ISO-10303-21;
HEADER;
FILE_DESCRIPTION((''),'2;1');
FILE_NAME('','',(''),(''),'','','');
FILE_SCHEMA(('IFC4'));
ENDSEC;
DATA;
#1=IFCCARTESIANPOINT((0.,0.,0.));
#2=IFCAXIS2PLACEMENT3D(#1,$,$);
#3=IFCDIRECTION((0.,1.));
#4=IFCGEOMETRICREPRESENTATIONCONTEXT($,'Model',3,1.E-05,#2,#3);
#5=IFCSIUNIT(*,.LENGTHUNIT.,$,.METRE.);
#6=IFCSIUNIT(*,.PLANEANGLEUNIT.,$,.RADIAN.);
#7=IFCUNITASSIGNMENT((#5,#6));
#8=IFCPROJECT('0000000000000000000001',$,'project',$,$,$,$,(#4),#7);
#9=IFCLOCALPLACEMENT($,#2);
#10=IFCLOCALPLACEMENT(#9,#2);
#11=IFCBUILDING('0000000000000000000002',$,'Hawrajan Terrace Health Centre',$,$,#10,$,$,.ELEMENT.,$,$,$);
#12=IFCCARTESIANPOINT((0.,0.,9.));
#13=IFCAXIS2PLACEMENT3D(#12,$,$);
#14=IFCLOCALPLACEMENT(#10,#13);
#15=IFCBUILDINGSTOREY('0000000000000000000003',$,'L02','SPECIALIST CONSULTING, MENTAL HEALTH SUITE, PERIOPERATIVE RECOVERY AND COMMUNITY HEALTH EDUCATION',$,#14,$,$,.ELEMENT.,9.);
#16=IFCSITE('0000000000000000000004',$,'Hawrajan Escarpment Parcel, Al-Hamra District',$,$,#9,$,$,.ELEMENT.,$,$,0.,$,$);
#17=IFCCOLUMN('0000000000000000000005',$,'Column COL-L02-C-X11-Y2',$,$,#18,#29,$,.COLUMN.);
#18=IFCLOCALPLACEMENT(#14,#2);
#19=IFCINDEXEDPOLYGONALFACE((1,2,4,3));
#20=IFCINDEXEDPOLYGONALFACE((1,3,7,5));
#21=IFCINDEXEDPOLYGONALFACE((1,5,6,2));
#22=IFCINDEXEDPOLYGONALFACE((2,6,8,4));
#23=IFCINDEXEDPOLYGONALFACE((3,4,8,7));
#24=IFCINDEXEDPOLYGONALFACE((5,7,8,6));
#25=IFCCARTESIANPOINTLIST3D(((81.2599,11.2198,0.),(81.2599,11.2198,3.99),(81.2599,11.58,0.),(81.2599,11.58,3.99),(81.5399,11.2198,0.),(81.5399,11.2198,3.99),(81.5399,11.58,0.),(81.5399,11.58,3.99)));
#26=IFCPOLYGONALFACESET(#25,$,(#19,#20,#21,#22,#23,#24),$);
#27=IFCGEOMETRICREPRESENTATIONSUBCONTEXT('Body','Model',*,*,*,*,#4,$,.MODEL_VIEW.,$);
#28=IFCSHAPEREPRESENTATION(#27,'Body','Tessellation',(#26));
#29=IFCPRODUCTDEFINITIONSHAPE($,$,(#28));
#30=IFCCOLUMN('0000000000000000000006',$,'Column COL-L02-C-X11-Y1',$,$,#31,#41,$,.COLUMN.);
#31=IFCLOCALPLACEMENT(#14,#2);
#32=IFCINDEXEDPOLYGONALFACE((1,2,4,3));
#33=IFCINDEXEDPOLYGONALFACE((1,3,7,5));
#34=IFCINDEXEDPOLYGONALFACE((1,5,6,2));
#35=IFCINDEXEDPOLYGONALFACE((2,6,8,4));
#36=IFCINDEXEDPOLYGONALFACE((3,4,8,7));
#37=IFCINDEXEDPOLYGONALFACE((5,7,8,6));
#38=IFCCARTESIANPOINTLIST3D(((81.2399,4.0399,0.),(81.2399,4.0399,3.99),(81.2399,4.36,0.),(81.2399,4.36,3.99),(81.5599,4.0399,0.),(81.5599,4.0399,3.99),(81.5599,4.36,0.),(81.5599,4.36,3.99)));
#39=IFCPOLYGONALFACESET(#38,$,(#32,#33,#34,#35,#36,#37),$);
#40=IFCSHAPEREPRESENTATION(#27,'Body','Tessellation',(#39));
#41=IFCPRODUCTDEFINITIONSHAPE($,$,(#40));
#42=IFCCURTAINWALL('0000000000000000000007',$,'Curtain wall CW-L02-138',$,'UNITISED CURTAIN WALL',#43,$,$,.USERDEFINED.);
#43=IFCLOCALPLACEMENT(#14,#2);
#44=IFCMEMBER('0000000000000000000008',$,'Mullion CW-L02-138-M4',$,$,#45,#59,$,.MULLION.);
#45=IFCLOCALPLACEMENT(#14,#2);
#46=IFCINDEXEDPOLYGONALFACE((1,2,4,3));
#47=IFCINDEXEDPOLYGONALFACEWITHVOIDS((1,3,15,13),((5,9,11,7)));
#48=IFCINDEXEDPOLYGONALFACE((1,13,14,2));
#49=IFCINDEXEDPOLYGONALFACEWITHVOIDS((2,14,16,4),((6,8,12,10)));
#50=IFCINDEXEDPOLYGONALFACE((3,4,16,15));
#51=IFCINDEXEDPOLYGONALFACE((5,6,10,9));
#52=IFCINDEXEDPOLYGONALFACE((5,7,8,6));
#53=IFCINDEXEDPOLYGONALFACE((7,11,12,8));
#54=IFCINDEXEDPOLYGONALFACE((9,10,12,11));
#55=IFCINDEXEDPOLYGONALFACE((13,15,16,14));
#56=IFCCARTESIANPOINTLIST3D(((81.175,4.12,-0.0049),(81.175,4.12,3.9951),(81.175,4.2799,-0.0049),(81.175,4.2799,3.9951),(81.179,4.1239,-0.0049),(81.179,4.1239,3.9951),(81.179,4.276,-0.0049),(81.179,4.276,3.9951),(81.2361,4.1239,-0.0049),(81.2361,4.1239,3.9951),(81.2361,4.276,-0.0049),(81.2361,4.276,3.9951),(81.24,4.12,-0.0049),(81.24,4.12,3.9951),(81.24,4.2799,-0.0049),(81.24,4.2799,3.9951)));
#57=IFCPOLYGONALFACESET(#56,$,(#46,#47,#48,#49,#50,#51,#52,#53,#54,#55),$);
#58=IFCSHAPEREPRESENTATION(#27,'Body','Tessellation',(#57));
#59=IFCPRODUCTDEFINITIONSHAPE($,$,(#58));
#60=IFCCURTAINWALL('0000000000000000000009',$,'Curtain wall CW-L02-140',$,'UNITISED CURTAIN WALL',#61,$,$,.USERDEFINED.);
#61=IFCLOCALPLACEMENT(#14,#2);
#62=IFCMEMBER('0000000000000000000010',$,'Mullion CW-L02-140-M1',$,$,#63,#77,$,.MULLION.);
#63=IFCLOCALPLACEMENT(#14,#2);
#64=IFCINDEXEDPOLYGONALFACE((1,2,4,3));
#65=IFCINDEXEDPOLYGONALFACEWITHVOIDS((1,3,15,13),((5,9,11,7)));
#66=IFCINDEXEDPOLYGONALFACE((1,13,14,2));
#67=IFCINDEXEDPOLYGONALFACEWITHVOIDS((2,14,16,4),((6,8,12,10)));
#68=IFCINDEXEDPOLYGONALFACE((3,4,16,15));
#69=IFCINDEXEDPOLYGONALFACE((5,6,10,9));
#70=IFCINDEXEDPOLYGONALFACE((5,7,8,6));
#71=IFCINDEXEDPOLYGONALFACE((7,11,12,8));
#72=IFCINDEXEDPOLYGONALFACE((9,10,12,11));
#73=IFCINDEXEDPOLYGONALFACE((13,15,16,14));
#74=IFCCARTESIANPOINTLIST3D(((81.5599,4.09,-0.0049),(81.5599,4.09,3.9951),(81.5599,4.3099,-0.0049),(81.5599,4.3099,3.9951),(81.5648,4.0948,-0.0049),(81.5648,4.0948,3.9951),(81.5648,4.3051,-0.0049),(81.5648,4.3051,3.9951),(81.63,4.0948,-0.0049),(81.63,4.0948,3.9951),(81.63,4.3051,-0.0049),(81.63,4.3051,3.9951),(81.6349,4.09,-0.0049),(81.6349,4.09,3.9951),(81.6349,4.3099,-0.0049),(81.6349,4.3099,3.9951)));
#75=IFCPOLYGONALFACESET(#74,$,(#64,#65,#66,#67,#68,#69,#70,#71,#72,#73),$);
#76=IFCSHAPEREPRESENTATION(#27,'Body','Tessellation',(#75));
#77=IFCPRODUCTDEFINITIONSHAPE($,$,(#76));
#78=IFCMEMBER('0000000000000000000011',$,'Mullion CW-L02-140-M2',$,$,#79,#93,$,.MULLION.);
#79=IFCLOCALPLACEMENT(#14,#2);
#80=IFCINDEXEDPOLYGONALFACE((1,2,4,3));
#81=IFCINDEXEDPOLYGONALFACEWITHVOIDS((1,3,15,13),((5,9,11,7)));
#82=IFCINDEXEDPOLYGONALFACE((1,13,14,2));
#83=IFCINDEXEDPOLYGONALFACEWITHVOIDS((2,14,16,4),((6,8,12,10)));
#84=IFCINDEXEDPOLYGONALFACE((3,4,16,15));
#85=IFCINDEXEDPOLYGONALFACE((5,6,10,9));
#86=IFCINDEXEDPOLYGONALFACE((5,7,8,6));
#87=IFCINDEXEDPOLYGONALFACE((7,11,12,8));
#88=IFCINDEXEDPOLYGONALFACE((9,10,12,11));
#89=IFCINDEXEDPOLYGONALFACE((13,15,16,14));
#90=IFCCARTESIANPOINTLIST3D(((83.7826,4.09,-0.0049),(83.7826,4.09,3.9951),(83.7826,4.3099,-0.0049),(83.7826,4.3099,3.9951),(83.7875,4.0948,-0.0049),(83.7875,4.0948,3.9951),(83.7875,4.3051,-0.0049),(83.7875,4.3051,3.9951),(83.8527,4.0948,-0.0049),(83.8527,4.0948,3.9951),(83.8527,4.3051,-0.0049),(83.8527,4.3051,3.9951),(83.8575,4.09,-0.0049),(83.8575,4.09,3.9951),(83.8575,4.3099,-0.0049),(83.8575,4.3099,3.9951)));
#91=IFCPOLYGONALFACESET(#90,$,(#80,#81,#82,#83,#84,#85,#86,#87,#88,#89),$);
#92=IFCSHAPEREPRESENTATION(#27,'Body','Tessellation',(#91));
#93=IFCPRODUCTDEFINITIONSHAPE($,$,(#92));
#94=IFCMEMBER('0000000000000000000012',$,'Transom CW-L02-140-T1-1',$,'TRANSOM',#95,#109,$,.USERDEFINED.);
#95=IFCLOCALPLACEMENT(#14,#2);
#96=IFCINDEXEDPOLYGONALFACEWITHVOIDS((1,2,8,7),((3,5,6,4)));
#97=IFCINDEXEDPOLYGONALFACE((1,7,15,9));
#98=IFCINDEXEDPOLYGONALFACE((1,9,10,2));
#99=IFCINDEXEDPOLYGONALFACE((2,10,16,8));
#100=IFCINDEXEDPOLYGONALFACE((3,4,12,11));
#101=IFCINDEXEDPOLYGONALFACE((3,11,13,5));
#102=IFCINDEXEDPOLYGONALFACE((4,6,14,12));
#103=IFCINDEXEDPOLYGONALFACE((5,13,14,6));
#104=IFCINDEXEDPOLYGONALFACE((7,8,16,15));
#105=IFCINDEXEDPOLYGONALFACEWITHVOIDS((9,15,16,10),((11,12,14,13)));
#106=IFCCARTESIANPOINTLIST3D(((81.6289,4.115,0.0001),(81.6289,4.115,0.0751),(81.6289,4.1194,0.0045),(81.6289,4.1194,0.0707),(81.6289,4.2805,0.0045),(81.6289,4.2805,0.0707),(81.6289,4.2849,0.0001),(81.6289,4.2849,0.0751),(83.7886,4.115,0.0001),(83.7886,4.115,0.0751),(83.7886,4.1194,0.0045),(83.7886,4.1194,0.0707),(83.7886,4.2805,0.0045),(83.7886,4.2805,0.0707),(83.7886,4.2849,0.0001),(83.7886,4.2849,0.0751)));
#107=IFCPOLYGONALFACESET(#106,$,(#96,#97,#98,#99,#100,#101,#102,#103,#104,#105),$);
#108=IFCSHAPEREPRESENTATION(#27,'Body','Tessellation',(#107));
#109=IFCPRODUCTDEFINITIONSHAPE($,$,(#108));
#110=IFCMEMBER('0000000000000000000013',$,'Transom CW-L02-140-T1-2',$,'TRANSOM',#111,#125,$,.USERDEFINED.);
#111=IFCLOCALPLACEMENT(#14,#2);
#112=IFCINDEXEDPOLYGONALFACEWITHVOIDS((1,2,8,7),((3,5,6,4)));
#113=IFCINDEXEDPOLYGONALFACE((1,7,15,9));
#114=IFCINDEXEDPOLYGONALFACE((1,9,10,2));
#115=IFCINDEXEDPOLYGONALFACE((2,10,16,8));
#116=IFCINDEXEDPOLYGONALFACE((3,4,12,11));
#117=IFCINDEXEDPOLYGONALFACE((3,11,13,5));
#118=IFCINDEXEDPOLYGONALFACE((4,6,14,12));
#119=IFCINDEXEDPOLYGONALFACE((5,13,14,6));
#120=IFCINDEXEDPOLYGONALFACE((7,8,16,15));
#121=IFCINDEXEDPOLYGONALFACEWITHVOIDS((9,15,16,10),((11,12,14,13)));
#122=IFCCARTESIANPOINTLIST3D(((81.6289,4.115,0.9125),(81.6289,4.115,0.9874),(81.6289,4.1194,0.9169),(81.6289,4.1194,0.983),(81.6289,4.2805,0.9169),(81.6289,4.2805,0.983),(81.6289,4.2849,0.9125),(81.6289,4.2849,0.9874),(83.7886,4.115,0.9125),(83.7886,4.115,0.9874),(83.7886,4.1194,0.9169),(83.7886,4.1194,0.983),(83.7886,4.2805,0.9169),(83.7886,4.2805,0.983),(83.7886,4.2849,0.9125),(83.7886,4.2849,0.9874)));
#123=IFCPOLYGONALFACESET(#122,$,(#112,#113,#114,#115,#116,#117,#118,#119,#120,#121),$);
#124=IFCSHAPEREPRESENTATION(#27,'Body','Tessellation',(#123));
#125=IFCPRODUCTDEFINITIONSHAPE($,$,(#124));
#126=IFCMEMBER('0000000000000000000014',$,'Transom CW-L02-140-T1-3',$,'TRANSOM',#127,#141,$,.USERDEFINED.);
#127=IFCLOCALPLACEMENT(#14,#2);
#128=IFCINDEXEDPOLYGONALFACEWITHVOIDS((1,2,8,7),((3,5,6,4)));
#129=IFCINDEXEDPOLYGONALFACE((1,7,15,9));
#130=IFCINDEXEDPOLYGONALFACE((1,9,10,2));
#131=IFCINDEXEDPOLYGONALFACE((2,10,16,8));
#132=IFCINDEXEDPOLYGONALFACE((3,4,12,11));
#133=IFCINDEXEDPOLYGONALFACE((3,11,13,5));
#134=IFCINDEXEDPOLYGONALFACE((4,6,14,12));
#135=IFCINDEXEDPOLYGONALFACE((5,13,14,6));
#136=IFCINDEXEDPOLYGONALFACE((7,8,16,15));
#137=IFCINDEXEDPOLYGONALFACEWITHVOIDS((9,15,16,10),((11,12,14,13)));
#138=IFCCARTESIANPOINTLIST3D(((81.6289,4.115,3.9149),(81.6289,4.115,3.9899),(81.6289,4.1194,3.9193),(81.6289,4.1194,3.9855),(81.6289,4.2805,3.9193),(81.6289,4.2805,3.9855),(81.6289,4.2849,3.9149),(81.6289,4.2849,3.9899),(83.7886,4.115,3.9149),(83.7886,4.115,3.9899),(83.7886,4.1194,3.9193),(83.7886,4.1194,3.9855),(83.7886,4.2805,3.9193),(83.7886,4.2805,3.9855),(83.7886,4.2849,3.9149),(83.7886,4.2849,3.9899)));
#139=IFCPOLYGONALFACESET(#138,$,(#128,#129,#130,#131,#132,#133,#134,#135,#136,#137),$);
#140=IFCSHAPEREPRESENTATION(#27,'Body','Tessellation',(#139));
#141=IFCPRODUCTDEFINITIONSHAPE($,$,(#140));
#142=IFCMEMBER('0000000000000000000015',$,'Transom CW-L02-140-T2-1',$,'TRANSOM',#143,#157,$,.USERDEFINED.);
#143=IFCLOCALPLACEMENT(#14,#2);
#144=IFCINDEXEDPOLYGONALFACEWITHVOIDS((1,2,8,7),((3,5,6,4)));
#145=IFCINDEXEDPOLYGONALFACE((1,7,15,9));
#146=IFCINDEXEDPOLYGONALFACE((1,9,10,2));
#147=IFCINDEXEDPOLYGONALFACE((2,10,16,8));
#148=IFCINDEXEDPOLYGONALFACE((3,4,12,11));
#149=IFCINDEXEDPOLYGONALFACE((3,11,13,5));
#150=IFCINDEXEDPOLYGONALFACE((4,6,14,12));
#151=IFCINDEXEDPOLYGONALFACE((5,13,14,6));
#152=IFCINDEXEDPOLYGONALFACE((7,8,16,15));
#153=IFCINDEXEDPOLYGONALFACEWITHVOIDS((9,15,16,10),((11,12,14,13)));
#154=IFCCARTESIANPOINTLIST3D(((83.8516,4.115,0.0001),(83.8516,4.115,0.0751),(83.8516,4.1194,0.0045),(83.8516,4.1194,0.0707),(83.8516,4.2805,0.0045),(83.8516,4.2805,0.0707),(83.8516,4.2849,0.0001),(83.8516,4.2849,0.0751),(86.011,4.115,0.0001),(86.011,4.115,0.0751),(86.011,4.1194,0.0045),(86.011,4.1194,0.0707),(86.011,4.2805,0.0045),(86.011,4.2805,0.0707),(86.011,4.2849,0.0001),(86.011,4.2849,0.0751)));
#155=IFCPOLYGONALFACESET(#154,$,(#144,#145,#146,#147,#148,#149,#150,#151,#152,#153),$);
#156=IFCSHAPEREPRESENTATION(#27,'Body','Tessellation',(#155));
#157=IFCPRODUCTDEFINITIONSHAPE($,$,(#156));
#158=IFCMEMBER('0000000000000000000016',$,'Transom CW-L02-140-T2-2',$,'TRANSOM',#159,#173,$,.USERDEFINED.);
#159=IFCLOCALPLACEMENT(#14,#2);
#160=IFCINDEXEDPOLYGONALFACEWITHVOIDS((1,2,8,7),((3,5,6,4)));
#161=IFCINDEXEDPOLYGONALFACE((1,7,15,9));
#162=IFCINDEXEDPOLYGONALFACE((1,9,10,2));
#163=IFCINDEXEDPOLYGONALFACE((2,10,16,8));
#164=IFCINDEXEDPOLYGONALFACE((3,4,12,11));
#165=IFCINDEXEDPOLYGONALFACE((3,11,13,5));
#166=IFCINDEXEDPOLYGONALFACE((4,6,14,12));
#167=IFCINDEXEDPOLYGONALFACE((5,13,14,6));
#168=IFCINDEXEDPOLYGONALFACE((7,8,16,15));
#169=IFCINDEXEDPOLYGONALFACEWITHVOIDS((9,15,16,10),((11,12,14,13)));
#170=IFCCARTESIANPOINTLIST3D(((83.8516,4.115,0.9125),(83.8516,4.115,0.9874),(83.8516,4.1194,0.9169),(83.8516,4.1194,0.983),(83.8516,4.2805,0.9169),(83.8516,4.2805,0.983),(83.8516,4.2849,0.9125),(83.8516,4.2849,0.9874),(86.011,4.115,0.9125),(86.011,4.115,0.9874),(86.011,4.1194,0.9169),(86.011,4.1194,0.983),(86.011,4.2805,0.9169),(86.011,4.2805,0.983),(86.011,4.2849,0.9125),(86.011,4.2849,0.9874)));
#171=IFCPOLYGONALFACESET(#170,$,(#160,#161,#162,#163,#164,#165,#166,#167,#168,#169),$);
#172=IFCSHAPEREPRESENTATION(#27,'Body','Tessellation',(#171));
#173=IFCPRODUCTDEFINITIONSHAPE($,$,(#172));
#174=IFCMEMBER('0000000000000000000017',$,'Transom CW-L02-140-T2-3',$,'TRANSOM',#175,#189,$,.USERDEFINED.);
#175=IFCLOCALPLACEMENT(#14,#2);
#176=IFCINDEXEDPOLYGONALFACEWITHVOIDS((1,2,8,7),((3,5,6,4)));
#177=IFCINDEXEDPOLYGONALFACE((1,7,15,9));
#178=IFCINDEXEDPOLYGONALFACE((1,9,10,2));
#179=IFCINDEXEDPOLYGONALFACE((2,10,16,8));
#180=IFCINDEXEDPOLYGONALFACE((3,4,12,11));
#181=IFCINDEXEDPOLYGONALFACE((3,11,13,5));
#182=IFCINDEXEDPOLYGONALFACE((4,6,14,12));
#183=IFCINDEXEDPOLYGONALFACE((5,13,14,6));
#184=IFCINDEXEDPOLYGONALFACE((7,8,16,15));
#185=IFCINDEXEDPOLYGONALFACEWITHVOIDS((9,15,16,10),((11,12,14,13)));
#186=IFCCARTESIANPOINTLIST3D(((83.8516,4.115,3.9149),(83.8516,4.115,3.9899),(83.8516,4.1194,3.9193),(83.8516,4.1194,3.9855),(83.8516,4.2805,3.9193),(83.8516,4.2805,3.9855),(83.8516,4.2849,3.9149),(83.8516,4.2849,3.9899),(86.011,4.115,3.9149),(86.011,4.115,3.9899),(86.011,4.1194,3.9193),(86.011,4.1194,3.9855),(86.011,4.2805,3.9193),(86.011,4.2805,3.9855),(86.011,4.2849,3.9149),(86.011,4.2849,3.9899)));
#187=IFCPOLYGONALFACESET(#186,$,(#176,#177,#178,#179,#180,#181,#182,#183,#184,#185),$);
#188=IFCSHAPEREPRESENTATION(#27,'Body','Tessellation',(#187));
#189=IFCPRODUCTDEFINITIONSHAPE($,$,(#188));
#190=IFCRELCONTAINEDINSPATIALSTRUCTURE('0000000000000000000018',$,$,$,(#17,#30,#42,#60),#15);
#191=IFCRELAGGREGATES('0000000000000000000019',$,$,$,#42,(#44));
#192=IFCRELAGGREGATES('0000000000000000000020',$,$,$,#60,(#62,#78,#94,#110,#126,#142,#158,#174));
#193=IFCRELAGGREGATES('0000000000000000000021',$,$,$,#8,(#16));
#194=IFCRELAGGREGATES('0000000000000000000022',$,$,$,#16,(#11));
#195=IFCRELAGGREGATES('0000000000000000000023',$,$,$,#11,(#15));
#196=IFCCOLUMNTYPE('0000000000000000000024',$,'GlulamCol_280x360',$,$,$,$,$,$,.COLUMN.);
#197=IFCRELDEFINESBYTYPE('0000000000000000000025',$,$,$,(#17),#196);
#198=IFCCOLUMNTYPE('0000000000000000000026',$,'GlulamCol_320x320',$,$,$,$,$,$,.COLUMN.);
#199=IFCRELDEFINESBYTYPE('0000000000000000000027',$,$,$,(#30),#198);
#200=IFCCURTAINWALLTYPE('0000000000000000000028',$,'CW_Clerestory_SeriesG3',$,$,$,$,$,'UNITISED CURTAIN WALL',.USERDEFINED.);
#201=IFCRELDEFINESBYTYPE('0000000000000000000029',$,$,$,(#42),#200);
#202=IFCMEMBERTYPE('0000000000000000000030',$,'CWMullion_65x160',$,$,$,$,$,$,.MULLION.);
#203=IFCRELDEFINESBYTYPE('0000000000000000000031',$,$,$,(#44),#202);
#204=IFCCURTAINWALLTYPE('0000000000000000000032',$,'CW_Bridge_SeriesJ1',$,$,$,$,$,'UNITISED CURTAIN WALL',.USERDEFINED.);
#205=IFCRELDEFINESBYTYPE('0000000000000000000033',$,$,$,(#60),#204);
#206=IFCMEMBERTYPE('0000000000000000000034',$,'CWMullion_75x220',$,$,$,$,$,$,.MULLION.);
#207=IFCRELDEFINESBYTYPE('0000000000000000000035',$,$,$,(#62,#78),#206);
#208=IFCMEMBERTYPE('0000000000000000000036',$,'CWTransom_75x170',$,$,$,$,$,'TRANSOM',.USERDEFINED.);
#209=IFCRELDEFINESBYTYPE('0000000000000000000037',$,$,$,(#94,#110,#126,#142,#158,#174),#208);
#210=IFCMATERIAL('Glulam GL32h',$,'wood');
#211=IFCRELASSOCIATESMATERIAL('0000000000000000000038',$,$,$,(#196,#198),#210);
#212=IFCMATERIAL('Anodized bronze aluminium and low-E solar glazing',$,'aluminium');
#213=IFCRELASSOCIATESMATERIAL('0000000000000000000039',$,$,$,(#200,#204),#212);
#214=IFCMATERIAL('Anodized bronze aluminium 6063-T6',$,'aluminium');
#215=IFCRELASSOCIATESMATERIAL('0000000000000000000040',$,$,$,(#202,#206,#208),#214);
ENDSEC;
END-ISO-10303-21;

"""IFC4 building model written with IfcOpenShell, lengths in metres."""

from ifc_helpers import new_model, si_unit, direction, frame, origin, origin_2d, place, context, subcontext, project, spatial, rectangle, hollow_rectangle, extrude, material, material_profile, profile_set, type_object, element, aggregate, save


model = new_model("IFC4")

# Units and contexts
model_context = context("Model", 3, precision=1e-05, world=origin(), true_north=direction((0.0, 1.0)))
body_context = subcontext(model_context, "Body", "Model", "MODEL_VIEW")
ifc_project = project(units=[si_unit("LENGTHUNIT", "METRE"), si_unit("PLANEANGLEUNIT", "RADIAN")], contexts=[model_context])

# Site, building, storey
site_placement = place(None, origin())
site = spatial("IfcSite", under=ifc_project, at=site_placement, Name="Hawrajan Escarpment Parcel, Al-Hamra District", CompositionType="ELEMENT", RefElevation=0.0)
building_placement = place(site_placement, origin())
building = spatial("IfcBuilding", under=site, at=building_placement, Name="Hawrajan Terrace Health Centre", CompositionType="ELEMENT")
storey_placement = place(building_placement, frame((0.0, 0.0, 9.0)))
storey = spatial("IfcBuildingStorey", under=building, at=storey_placement, Name="L02", Description="SPECIALIST CONSULTING, MENTAL HEALTH SUITE, PERIOPERATIVE RECOVERY AND COMMUNITY HEALTH EDUCATION", CompositionType="ELEMENT", Elevation=9.0)

# Columns
ifc_material_1 = material(Name="Glulam GL32h", Category="wood")
ifc_material_profile_1 = material_profile(ifc_material_1, rectangle(XDim=0.28, YDim=0.3601, at=origin_2d()), Name="GL 280x360")
ifc_profile_set_1 = profile_set([ifc_material_profile_1], Name="Glulam GL32h")
column_type_1 = type_object("IfcColumnType", Name="GlulamCol_280x360", PredefinedType="COLUMN", material=ifc_profile_set_1)
column_1_placement = place(storey_placement, frame((81.3999, 11.3999, 0.0), z_axis=(0.0, 0.0, 1.0), x_axis=(1.0, 0.0, 0.0)))
element("IfcColumn", 1, at=column_1_placement, inside=storey, type_object=column_type_1, Name="Column COL-L02-C-X11-Y2", PredefinedType="COLUMN", context=body_context, shape_type="SweptSolid", body=[
    extrude(rectangle(XDim=0.28, YDim=0.3601, at=origin_2d()), origin(), (0.0, 0.0, 1.0), 3.99),
])
ifc_material_profile_2 = material_profile(ifc_material_1, rectangle(XDim=0.3201, YDim=0.3201, at=origin_2d()), Name="GL 320x320")
ifc_profile_set_2 = profile_set([ifc_material_profile_2], Name="Glulam GL32h")
column_type_2 = type_object("IfcColumnType", Name="GlulamCol_320x320", PredefinedType="COLUMN", material=ifc_profile_set_2)
column_2_placement = place(storey_placement, frame((81.3999, 4.2, 0.0), z_axis=(0.0, 0.0, 1.0), x_axis=(1.0, 0.0, 0.0)))
element("IfcColumn", 2, at=column_2_placement, inside=storey, type_object=column_type_2, Name="Column COL-L02-C-X11-Y1", PredefinedType="COLUMN", context=body_context, shape_type="SweptSolid", body=[
    extrude(rectangle(XDim=0.3201, YDim=0.3201, at=origin_2d()), origin(), (0.0, 0.0, 1.0), 3.99),
])

# Curtain wall, member
ifc_material_2 = material(Name="Anodized bronze aluminium and low-E solar glazing", Category="aluminium")
curtain_wall_type_1 = type_object("IfcCurtainWallType", Name="CW_Clerestory_SeriesG3", ElementType="UNITISED CURTAIN WALL", PredefinedType="USERDEFINED", material=ifc_material_2)
curtain_wall_1_placement = place(storey_placement, origin())
curtain_wall_1 = element("IfcCurtainWall", 3, at=curtain_wall_1_placement, inside=storey, type_object=curtain_wall_type_1, Name="Curtain wall CW-L02-138", ObjectType="UNITISED CURTAIN WALL", PredefinedType="USERDEFINED")
ifc_material_3 = material(Name="Anodized bronze aluminium 6063-T6", Category="aluminium")
ifc_material_profile_3 = material_profile(ifc_material_3, hollow_rectangle(XDim=0.0649, YDim=0.1599, WallThickness=0.0039, at=origin_2d()), Name="CW MUL 65x160")
ifc_profile_set_3 = profile_set([ifc_material_profile_3], Name="Anodized bronze aluminium 6063-T6")
member_type_1 = type_object("IfcMemberType", Name="CWMullion_65x160", PredefinedType="MULLION", material=ifc_profile_set_3)
member_1_placement = place(storey_placement, frame((81.2075, 4.2, -0.0049), z_axis=(0.0, 0.0, 1.0), x_axis=(1.0, 0.0, 0.0)))
member_1 = element("IfcMember", 4, at=member_1_placement, type_object=member_type_1, Name="Mullion CW-L02-138-M4", PredefinedType="MULLION", context=body_context, shape_type="SweptSolid", body=[
    extrude(hollow_rectangle(XDim=0.0649, YDim=0.1599, WallThickness=0.0039, at=origin_2d()), origin(), (0.0, 0.0, 1.0), 4.0),
])
aggregate(curtain_wall_1, [member_1])

# Curtain wall, members
curtain_wall_type_2 = type_object("IfcCurtainWallType", Name="CW_Bridge_SeriesJ1", ElementType="UNITISED CURTAIN WALL", PredefinedType="USERDEFINED", material=ifc_material_2)
curtain_wall_2_placement = place(storey_placement, origin())
curtain_wall_2 = element("IfcCurtainWall", 5, at=curtain_wall_2_placement, inside=storey, type_object=curtain_wall_type_2, Name="Curtain wall CW-L02-140", ObjectType="UNITISED CURTAIN WALL", PredefinedType="USERDEFINED")
ifc_material_profile_4 = material_profile(ifc_material_3, hollow_rectangle(XDim=0.075, YDim=0.22, WallThickness=0.0049, at=origin_2d()), Name="CW MUL 75x220")
ifc_profile_set_4 = profile_set([ifc_material_profile_4], Name="Anodized bronze aluminium 6063-T6")
member_type_2 = type_object("IfcMemberType", Name="CWMullion_75x220", PredefinedType="MULLION", material=ifc_profile_set_4)
member_2_placement = place(storey_placement, frame((81.5974, 4.2, -0.0049), z_axis=(0.0, 0.0, 1.0), x_axis=(1.0, 0.0, 0.0)))
member_2 = element("IfcMember", 6, at=member_2_placement, type_object=member_type_2, Name="Mullion CW-L02-140-M1", PredefinedType="MULLION", context=body_context, shape_type="SweptSolid", body=[
    extrude(hollow_rectangle(XDim=0.075, YDim=0.22, WallThickness=0.0049, at=origin_2d()), origin(), (0.0, 0.0, 1.0), 4.0),
])
member_3_placement = place(storey_placement, frame((83.8201, 4.2, -0.0049), z_axis=(0.0, 0.0, 1.0), x_axis=(1.0, 0.0, 0.0)))
member_3 = element("IfcMember", 7, at=member_3_placement, type_object=member_type_2, Name="Mullion CW-L02-140-M2", PredefinedType="MULLION", context=body_context, shape_type="SweptSolid", body=[
    extrude(hollow_rectangle(XDim=0.075, YDim=0.22, WallThickness=0.0049, at=origin_2d()), origin(), (0.0, 0.0, 1.0), 4.0),
])
ifc_material_profile_5 = material_profile(ifc_material_3, hollow_rectangle(XDim=0.075, YDim=0.1699, WallThickness=0.0044, at=origin_2d()), Name="CW TRN 75x170")
ifc_profile_set_5 = profile_set([ifc_material_profile_5], Name="Anodized bronze aluminium 6063-T6")
member_type_3 = type_object("IfcMemberType", Name="CWTransom_75x170", ElementType="TRANSOM", PredefinedType="USERDEFINED", material=ifc_profile_set_5)
member_4_placement = place(storey_placement, frame((81.6289, 4.2, 0.0376), z_axis=(1.0, 0.0, 0.0), x_axis=(0.0, 0.0, 1.0)))
member_4 = element("IfcMember", 8, at=member_4_placement, type_object=member_type_3, Name="Transom CW-L02-140-T1-1", ObjectType="TRANSOM", PredefinedType="USERDEFINED", context=body_context, shape_type="SweptSolid", body=[
    extrude(hollow_rectangle(XDim=0.075, YDim=0.1699, WallThickness=0.0044, at=origin_2d()), origin(), (0.0, 0.0, 1.0), 2.1597),
])
member_5_placement = place(storey_placement, frame((81.6289, 4.2, 0.95), z_axis=(1.0, 0.0, 0.0), x_axis=(0.0, 0.0, 1.0)))
member_5 = element("IfcMember", 9, at=member_5_placement, type_object=member_type_3, Name="Transom CW-L02-140-T1-2", ObjectType="TRANSOM", PredefinedType="USERDEFINED", context=body_context, shape_type="SweptSolid", body=[
    extrude(hollow_rectangle(XDim=0.075, YDim=0.1699, WallThickness=0.0044, at=origin_2d()), origin(), (0.0, 0.0, 1.0), 2.1597),
])
member_6_placement = place(storey_placement, frame((81.6289, 4.2, 3.9524), z_axis=(1.0, 0.0, 0.0), x_axis=(0.0, 0.0, 1.0)))
member_6 = element("IfcMember", 10, at=member_6_placement, type_object=member_type_3, Name="Transom CW-L02-140-T1-3", ObjectType="TRANSOM", PredefinedType="USERDEFINED", context=body_context, shape_type="SweptSolid", body=[
    extrude(hollow_rectangle(XDim=0.075, YDim=0.1699, WallThickness=0.0044, at=origin_2d()), origin(), (0.0, 0.0, 1.0), 2.1597),
])
member_7_placement = place(storey_placement, frame((83.8516, 4.2, 0.0376), z_axis=(1.0, 0.0, 0.0), x_axis=(0.0, 0.0, 1.0)))
member_7 = element("IfcMember", 11, at=member_7_placement, type_object=member_type_3, Name="Transom CW-L02-140-T2-1", ObjectType="TRANSOM", PredefinedType="USERDEFINED", context=body_context, shape_type="SweptSolid", body=[
    extrude(hollow_rectangle(XDim=0.075, YDim=0.1699, WallThickness=0.0044, at=origin_2d()), origin(), (0.0, 0.0, 1.0), 2.1594),
])
member_8_placement = place(storey_placement, frame((83.8516, 4.2, 0.95), z_axis=(1.0, 0.0, 0.0), x_axis=(0.0, 0.0, 1.0)))
member_8 = element("IfcMember", 12, at=member_8_placement, type_object=member_type_3, Name="Transom CW-L02-140-T2-2", ObjectType="TRANSOM", PredefinedType="USERDEFINED", context=body_context, shape_type="SweptSolid", body=[
    extrude(hollow_rectangle(XDim=0.075, YDim=0.1699, WallThickness=0.0044, at=origin_2d()), origin(), (0.0, 0.0, 1.0), 2.1594),
])
member_9_placement = place(storey_placement, frame((83.8516, 4.2, 3.9524), z_axis=(1.0, 0.0, 0.0), x_axis=(0.0, 0.0, 1.0)))
member_9 = element("IfcMember", 13, at=member_9_placement, type_object=member_type_3, Name="Transom CW-L02-140-T2-3", ObjectType="TRANSOM", PredefinedType="USERDEFINED", context=body_context, shape_type="SweptSolid", body=[
    extrude(hollow_rectangle(XDim=0.075, YDim=0.1699, WallThickness=0.0044, at=origin_2d()), origin(), (0.0, 0.0, 1.0), 2.1594),
])

aggregate(curtain_wall_2, [member_2, member_3, member_4, member_5, member_6, member_7, member_8, member_9])

save(model, "model.ifc")
